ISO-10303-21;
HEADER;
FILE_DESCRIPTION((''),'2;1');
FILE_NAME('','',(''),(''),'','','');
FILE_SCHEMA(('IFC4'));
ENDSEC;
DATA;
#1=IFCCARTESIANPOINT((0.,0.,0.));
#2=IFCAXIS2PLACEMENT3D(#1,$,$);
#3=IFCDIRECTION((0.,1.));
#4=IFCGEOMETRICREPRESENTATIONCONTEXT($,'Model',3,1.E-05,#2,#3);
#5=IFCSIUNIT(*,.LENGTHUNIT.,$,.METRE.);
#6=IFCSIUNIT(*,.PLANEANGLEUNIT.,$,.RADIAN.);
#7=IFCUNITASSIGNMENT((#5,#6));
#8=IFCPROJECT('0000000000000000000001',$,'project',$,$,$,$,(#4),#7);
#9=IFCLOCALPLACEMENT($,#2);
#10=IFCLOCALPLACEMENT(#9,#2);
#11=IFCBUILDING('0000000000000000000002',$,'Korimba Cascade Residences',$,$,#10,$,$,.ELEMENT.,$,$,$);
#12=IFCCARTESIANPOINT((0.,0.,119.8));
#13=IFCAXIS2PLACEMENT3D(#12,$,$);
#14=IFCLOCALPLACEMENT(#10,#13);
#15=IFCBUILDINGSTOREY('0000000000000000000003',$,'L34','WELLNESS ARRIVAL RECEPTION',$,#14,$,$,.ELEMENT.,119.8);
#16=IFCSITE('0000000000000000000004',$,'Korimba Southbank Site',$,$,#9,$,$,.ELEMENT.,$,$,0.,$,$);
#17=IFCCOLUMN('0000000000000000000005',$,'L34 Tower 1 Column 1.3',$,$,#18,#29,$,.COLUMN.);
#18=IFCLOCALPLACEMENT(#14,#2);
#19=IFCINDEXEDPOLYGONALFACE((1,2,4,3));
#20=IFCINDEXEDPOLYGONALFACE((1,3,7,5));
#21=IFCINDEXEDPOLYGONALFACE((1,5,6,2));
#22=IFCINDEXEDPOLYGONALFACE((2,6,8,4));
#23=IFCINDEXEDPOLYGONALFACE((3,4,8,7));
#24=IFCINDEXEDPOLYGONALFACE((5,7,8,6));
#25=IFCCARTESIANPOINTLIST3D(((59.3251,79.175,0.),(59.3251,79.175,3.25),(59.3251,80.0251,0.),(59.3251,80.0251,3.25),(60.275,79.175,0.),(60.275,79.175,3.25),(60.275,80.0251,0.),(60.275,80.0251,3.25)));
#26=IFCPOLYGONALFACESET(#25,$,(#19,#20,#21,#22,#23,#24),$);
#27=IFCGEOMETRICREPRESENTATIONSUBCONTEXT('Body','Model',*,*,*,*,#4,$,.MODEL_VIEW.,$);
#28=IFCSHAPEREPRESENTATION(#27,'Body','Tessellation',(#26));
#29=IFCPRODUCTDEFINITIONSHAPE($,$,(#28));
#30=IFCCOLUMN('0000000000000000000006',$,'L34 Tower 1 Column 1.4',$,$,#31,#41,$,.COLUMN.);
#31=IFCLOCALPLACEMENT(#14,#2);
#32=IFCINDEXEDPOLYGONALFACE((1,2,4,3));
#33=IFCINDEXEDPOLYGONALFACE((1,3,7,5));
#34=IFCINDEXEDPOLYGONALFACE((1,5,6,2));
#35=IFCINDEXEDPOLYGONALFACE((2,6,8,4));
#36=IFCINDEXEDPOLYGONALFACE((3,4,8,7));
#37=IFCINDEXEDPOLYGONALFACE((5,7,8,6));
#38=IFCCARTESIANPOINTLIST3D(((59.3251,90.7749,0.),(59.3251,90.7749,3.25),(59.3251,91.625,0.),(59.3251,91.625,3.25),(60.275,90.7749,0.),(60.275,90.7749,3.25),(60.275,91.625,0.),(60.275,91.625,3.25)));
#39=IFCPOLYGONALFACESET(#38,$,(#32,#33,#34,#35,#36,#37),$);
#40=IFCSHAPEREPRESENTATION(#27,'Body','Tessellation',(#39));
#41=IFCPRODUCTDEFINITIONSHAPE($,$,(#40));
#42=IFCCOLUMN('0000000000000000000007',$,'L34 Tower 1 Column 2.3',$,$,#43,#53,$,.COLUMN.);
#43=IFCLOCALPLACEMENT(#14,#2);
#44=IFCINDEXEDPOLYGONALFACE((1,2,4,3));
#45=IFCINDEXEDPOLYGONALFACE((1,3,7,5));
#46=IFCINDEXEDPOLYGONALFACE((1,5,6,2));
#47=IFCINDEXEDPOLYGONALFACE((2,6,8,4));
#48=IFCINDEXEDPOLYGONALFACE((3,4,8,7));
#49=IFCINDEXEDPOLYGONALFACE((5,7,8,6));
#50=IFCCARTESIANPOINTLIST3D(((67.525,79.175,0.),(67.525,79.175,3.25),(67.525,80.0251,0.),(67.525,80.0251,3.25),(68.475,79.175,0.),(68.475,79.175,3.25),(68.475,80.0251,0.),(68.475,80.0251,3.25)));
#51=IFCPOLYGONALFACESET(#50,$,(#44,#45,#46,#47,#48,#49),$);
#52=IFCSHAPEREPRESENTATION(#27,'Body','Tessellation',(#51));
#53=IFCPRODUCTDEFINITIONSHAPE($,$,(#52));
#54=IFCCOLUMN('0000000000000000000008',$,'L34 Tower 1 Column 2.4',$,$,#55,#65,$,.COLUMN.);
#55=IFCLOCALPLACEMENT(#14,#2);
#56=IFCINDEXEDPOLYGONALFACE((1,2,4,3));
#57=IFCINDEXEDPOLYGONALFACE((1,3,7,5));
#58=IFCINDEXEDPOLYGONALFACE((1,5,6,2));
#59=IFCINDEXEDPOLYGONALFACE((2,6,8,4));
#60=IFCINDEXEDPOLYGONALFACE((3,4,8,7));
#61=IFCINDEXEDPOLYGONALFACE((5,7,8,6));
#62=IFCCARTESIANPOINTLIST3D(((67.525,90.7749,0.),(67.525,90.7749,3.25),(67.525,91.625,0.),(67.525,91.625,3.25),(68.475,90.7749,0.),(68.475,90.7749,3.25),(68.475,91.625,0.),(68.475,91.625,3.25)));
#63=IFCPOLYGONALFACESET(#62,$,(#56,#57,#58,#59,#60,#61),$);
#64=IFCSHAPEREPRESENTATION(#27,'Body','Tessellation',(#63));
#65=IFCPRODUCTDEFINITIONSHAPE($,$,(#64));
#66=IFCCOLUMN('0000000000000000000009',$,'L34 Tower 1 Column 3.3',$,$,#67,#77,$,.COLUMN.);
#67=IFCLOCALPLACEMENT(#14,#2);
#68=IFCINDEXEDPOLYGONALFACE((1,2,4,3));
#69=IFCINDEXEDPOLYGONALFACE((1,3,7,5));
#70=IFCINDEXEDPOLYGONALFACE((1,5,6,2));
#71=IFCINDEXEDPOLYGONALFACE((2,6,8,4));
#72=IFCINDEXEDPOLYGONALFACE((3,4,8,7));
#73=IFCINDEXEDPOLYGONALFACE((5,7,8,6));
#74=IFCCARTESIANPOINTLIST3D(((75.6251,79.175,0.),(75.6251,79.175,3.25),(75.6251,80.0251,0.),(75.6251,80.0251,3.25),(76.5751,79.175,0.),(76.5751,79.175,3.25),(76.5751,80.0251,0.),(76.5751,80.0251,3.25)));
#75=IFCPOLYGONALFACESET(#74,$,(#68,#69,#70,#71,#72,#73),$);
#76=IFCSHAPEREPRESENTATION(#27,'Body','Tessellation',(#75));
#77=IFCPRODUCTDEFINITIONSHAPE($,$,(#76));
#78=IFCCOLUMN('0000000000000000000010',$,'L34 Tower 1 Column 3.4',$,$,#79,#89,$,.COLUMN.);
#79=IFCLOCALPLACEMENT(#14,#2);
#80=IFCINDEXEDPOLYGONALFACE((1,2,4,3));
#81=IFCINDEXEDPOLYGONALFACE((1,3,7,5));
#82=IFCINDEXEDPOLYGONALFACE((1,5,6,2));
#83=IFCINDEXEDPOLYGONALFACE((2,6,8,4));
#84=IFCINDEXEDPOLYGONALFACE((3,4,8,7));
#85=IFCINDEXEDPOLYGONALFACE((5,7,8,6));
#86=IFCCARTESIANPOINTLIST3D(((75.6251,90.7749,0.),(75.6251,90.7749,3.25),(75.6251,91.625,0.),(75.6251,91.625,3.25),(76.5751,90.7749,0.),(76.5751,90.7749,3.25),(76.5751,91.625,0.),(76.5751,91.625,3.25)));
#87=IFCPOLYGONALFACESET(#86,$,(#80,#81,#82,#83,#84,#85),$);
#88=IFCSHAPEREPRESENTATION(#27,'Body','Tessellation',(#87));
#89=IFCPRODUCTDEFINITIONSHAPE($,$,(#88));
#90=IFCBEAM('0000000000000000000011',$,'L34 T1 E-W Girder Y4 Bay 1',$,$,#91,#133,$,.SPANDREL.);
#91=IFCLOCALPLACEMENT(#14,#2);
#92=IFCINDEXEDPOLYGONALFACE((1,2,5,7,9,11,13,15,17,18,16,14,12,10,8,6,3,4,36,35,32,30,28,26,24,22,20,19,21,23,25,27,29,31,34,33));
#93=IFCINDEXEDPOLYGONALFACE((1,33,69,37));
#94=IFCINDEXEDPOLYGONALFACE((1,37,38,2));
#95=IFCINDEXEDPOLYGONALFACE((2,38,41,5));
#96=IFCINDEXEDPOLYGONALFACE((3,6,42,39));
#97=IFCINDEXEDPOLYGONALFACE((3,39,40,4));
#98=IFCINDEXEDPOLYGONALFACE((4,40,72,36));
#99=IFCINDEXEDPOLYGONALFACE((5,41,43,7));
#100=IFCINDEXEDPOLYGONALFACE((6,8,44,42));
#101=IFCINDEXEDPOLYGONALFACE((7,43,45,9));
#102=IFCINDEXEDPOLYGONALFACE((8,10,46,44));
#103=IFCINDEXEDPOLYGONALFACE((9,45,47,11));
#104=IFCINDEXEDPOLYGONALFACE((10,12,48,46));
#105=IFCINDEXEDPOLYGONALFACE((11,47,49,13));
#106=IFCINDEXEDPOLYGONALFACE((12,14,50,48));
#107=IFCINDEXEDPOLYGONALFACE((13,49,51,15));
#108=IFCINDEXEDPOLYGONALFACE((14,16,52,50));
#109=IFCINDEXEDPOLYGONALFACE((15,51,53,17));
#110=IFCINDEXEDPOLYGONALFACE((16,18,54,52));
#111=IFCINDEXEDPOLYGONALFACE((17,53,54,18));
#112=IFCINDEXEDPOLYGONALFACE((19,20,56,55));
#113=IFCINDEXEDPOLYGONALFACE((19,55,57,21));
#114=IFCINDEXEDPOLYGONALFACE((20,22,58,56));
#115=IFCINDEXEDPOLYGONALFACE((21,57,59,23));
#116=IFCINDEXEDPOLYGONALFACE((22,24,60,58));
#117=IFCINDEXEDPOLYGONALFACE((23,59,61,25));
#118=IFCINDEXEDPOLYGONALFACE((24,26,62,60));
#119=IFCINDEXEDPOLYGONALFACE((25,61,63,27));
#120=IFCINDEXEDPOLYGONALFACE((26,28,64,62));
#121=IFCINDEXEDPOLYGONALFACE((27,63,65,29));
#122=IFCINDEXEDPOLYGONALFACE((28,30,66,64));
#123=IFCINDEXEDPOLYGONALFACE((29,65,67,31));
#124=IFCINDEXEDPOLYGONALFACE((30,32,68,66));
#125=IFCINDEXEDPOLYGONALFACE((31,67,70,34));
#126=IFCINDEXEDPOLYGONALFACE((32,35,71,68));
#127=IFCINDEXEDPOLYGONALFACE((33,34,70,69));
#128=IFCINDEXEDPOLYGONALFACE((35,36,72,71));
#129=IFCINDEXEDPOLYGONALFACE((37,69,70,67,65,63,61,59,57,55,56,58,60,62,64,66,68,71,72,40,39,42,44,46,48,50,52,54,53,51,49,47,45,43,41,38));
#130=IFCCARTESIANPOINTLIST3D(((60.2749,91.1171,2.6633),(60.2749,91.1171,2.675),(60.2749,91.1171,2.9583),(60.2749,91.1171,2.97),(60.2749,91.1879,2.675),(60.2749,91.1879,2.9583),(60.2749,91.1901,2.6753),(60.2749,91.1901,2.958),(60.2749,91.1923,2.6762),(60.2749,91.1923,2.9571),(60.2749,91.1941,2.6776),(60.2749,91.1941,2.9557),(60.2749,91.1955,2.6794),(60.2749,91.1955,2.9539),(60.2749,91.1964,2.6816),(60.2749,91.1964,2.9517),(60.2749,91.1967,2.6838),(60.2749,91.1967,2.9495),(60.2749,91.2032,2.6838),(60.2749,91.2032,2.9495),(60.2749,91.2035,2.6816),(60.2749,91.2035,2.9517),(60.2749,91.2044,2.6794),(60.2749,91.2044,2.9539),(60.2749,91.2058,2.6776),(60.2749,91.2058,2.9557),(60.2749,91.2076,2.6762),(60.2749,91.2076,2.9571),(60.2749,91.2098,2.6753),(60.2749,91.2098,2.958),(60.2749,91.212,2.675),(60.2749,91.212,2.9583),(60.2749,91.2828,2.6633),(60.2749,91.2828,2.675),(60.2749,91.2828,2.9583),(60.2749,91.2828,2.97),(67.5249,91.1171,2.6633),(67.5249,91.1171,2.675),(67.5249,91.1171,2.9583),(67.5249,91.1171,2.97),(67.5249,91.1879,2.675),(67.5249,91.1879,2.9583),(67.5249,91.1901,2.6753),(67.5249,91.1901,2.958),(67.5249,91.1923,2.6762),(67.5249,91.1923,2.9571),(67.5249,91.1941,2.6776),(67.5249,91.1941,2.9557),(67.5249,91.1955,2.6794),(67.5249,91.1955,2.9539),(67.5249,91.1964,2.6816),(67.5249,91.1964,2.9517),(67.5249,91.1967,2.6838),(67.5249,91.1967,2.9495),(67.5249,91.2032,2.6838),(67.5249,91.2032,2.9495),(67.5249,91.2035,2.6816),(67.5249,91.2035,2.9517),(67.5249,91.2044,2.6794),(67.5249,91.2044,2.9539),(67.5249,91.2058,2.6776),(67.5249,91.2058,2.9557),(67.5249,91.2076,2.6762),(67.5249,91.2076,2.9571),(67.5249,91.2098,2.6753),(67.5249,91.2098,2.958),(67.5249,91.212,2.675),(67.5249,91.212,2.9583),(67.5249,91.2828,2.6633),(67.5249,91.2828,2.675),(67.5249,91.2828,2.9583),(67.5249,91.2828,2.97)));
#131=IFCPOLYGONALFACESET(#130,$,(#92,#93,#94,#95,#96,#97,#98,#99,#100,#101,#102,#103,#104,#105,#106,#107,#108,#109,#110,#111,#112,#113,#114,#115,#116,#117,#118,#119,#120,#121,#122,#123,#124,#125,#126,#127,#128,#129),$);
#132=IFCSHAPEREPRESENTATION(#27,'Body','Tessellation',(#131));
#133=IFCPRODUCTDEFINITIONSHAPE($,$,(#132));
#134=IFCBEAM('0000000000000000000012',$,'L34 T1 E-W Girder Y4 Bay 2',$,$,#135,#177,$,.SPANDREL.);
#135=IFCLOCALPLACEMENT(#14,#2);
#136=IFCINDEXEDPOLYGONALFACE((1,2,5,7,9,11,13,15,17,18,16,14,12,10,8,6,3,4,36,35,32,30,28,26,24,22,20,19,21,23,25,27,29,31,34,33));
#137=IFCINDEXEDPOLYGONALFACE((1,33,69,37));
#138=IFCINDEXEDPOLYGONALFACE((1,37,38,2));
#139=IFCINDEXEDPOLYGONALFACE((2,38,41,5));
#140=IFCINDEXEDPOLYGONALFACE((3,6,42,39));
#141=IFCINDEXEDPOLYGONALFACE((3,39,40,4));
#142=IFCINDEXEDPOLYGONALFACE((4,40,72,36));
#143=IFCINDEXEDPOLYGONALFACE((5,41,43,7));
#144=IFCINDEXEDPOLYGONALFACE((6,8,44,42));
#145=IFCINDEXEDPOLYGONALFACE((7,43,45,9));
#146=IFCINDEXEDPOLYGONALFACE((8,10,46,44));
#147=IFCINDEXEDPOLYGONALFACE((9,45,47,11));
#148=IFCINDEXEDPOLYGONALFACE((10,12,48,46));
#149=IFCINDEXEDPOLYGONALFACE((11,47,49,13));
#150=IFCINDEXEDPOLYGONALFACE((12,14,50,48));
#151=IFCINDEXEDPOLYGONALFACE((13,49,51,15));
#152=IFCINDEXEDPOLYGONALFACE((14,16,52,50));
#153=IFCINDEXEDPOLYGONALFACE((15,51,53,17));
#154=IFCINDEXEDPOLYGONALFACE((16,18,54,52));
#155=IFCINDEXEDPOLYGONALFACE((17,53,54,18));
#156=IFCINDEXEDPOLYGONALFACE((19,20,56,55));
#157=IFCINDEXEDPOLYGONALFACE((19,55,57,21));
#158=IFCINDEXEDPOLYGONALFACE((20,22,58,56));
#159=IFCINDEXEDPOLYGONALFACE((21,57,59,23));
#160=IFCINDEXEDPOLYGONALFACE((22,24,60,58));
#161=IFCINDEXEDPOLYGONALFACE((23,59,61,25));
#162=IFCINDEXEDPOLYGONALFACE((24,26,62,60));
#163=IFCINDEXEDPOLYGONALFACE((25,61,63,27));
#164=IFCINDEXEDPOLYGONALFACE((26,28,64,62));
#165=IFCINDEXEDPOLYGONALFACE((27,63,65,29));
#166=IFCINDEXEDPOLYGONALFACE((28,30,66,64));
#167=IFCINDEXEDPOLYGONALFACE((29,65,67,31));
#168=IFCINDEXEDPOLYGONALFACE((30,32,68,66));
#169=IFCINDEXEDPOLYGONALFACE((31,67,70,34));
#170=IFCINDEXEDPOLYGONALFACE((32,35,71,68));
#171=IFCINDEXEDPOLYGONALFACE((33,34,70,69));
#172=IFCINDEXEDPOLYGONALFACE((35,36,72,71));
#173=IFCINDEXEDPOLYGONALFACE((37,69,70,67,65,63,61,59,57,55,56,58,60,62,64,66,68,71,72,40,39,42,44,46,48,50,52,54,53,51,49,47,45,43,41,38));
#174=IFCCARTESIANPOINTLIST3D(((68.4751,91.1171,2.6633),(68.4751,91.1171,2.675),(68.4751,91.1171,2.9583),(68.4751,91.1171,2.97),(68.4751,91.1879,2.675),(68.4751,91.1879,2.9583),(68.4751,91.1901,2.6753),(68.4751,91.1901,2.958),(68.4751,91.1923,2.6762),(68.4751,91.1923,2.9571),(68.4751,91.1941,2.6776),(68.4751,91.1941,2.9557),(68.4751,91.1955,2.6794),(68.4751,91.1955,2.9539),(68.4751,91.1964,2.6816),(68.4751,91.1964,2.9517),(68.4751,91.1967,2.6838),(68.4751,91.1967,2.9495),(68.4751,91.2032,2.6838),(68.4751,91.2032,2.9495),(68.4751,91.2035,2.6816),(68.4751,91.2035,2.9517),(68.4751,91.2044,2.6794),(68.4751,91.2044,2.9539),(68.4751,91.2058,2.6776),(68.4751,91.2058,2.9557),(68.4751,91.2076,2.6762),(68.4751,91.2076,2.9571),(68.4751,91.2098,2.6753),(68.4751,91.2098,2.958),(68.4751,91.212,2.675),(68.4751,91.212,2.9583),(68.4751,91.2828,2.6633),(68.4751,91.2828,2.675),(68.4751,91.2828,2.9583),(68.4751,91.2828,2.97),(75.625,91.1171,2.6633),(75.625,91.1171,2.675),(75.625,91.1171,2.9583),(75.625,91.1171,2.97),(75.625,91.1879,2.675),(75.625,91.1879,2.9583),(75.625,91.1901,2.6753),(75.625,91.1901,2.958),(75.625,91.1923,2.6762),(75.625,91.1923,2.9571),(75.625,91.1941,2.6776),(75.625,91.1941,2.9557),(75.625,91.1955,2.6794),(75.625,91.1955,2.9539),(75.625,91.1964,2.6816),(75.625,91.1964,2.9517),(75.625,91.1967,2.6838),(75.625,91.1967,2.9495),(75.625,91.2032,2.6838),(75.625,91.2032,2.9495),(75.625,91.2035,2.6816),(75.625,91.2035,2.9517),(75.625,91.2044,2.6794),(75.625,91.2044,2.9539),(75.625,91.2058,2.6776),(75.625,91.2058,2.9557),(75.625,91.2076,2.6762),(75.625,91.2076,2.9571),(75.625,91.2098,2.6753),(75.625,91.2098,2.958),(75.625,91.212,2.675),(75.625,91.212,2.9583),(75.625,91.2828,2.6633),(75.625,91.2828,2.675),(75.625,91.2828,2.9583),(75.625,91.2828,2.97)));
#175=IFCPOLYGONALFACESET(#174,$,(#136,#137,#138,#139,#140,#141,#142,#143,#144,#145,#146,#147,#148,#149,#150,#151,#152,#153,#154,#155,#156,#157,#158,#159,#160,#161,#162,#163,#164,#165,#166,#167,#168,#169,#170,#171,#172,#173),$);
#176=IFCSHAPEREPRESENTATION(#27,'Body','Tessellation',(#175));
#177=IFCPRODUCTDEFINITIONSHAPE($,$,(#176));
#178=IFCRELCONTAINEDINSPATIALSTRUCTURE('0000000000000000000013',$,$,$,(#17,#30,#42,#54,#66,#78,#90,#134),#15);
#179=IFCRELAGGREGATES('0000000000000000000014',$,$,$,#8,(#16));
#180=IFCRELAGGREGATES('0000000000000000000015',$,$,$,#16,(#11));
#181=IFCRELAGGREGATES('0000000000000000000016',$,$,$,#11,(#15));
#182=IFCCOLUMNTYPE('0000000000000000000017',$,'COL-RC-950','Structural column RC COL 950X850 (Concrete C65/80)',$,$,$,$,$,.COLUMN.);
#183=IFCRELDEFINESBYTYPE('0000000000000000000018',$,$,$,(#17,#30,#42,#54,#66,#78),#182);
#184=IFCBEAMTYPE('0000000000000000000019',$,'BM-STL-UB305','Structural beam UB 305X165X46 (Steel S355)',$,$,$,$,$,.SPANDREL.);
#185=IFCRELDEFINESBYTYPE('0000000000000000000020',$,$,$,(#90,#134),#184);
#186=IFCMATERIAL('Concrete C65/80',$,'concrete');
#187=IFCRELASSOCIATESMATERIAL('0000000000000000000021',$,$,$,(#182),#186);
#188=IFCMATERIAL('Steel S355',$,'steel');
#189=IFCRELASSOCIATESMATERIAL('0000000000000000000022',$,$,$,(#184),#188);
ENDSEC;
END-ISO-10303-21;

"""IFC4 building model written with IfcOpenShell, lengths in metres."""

from ifc_helpers import new_model, si_unit, direction, frame, origin, origin_2d, place, context, subcontext, project, spatial, rectangle, i_section, extrude, material, material_profile, profile_set, type_object, element, save


model = new_model("IFC4")

# Units and contexts
model_context = context("Model", 3, precision=1e-05, world=origin(), true_north=direction((0.0, 1.0)))
body_context = subcontext(model_context, "Body", "Model", "MODEL_VIEW")
ifc_project = project(units=[si_unit("LENGTHUNIT", "METRE"), si_unit("PLANEANGLEUNIT", "RADIAN")], contexts=[model_context])

# Site, building, storey
site_placement = place(None, origin())
site = spatial("IfcSite", under=ifc_project, at=site_placement, Name="Korimba Southbank Site", CompositionType="ELEMENT", RefElevation=0.0)
building_placement = place(site_placement, origin())
building = spatial("IfcBuilding", under=site, at=building_placement, Name="Korimba Cascade Residences", CompositionType="ELEMENT")
storey_placement = place(building_placement, frame((0.0, 0.0, 119.8)))
storey = spatial("IfcBuildingStorey", under=building, at=storey_placement, Name="L34", Description="WELLNESS ARRIVAL RECEPTION", CompositionType="ELEMENT", Elevation=119.8)

# Columns
ifc_material_1 = material(Name="Concrete C65/80", Category="concrete")
ifc_material_profile_1 = material_profile(ifc_material_1, rectangle(XDim=0.95, YDim=0.8501, at=origin_2d()), Name="Concrete C65/80")
ifc_profile_set_1 = profile_set([ifc_material_profile_1], Name="Concrete C65/80")
column_type = type_object("IfcColumnType", Name="COL-RC-950", Description="Structural column RC COL 950X850 (Concrete C65/80)", PredefinedType="COLUMN", material=ifc_profile_set_1)
for number, where, z_axis, x_axis, name in (
    (1, (59.8, 79.6001, 0.0), (0.0, 0.0, 1.0), (1.0, 0.0, 0.0), "L34 Tower 1 Column 1.3"),
    (2, (59.8, 91.2, 0.0), (0.0, 0.0, 1.0), (1.0, 0.0, 0.0), "L34 Tower 1 Column 1.4"),
    (3, (68.0, 79.6001, 0.0), (0.0, 0.0, 1.0), (1.0, 0.0, 0.0), "L34 Tower 1 Column 2.3"),
    (4, (68.0, 91.2, 0.0), (0.0, 0.0, 1.0), (1.0, 0.0, 0.0), "L34 Tower 1 Column 2.4"),
    (5, (76.1001, 79.6001, 0.0), (0.0, 0.0, 1.0), (1.0, 0.0, 0.0), "L34 Tower 1 Column 3.3"),
    (6, (76.1001, 91.2, 0.0), (0.0, 0.0, 1.0), (1.0, 0.0, 0.0), "L34 Tower 1 Column 3.4"),
):
    element("IfcColumn", number, at=place(storey_placement, frame(where, z_axis=z_axis, x_axis=x_axis)), inside=storey, type_object=column_type, Name=name, PredefinedType="COLUMN", context=body_context, shape_type="SweptSolid", body=[
        extrude(rectangle(XDim=0.95, YDim=0.8501, at=origin_2d()), origin(), (0.0, 0.0, 1.0), 3.25),
    ])

# Beams
ifc_material_2 = material(Name="Steel S355", Category="steel")
ifc_material_profile_2 = material_profile(ifc_material_2, i_section(OverallWidth=0.1658, OverallDepth=0.3066, WebThickness=0.0066, FlangeThickness=0.0117, FilletRadius=0.0088, at=origin_2d()), Name="Steel S355")
ifc_profile_set_2 = profile_set([ifc_material_profile_2], Name="Steel S355")
beam_type_1 = type_object("IfcBeamType", Name="BM-STL-UB305", Description="Structural beam UB 305X165X46 (Steel S355)", PredefinedType="SPANDREL", material=ifc_profile_set_2)
beam_1_placement = place(storey_placement, frame((60.2749, 91.2, 2.8167), z_axis=(1.0, 0.0, 0.0), x_axis=(0.0, 1.0, 0.0)))
element("IfcBeam", 7, at=beam_1_placement, inside=storey, type_object=beam_type_1, Name="L34 T1 E-W Girder Y4 Bay 1", PredefinedType="SPANDREL", context=body_context, shape_type="SweptSolid", body=[
    extrude(i_section(OverallWidth=0.1658, OverallDepth=0.3066, WebThickness=0.0066, FlangeThickness=0.0117, FilletRadius=0.0088, at=origin_2d()), origin(), (0.0, 0.0, 1.0), 7.25),
])
beam_2_placement = place(storey_placement, frame((68.4751, 91.2, 2.8167), z_axis=(1.0, 0.0, 0.0), x_axis=(0.0, 1.0, 0.0)))
element("IfcBeam", 8, at=beam_2_placement, inside=storey, type_object=beam_type_1, Name="L34 T1 E-W Girder Y4 Bay 2", PredefinedType="SPANDREL", context=body_context, shape_type="SweptSolid", body=[
    extrude(i_section(OverallWidth=0.1658, OverallDepth=0.3066, WebThickness=0.0066, FlangeThickness=0.0117, FilletRadius=0.0088, at=origin_2d()), origin(), (0.0, 0.0, 1.0), 7.1499),
])

save(model, "model.ifc")
